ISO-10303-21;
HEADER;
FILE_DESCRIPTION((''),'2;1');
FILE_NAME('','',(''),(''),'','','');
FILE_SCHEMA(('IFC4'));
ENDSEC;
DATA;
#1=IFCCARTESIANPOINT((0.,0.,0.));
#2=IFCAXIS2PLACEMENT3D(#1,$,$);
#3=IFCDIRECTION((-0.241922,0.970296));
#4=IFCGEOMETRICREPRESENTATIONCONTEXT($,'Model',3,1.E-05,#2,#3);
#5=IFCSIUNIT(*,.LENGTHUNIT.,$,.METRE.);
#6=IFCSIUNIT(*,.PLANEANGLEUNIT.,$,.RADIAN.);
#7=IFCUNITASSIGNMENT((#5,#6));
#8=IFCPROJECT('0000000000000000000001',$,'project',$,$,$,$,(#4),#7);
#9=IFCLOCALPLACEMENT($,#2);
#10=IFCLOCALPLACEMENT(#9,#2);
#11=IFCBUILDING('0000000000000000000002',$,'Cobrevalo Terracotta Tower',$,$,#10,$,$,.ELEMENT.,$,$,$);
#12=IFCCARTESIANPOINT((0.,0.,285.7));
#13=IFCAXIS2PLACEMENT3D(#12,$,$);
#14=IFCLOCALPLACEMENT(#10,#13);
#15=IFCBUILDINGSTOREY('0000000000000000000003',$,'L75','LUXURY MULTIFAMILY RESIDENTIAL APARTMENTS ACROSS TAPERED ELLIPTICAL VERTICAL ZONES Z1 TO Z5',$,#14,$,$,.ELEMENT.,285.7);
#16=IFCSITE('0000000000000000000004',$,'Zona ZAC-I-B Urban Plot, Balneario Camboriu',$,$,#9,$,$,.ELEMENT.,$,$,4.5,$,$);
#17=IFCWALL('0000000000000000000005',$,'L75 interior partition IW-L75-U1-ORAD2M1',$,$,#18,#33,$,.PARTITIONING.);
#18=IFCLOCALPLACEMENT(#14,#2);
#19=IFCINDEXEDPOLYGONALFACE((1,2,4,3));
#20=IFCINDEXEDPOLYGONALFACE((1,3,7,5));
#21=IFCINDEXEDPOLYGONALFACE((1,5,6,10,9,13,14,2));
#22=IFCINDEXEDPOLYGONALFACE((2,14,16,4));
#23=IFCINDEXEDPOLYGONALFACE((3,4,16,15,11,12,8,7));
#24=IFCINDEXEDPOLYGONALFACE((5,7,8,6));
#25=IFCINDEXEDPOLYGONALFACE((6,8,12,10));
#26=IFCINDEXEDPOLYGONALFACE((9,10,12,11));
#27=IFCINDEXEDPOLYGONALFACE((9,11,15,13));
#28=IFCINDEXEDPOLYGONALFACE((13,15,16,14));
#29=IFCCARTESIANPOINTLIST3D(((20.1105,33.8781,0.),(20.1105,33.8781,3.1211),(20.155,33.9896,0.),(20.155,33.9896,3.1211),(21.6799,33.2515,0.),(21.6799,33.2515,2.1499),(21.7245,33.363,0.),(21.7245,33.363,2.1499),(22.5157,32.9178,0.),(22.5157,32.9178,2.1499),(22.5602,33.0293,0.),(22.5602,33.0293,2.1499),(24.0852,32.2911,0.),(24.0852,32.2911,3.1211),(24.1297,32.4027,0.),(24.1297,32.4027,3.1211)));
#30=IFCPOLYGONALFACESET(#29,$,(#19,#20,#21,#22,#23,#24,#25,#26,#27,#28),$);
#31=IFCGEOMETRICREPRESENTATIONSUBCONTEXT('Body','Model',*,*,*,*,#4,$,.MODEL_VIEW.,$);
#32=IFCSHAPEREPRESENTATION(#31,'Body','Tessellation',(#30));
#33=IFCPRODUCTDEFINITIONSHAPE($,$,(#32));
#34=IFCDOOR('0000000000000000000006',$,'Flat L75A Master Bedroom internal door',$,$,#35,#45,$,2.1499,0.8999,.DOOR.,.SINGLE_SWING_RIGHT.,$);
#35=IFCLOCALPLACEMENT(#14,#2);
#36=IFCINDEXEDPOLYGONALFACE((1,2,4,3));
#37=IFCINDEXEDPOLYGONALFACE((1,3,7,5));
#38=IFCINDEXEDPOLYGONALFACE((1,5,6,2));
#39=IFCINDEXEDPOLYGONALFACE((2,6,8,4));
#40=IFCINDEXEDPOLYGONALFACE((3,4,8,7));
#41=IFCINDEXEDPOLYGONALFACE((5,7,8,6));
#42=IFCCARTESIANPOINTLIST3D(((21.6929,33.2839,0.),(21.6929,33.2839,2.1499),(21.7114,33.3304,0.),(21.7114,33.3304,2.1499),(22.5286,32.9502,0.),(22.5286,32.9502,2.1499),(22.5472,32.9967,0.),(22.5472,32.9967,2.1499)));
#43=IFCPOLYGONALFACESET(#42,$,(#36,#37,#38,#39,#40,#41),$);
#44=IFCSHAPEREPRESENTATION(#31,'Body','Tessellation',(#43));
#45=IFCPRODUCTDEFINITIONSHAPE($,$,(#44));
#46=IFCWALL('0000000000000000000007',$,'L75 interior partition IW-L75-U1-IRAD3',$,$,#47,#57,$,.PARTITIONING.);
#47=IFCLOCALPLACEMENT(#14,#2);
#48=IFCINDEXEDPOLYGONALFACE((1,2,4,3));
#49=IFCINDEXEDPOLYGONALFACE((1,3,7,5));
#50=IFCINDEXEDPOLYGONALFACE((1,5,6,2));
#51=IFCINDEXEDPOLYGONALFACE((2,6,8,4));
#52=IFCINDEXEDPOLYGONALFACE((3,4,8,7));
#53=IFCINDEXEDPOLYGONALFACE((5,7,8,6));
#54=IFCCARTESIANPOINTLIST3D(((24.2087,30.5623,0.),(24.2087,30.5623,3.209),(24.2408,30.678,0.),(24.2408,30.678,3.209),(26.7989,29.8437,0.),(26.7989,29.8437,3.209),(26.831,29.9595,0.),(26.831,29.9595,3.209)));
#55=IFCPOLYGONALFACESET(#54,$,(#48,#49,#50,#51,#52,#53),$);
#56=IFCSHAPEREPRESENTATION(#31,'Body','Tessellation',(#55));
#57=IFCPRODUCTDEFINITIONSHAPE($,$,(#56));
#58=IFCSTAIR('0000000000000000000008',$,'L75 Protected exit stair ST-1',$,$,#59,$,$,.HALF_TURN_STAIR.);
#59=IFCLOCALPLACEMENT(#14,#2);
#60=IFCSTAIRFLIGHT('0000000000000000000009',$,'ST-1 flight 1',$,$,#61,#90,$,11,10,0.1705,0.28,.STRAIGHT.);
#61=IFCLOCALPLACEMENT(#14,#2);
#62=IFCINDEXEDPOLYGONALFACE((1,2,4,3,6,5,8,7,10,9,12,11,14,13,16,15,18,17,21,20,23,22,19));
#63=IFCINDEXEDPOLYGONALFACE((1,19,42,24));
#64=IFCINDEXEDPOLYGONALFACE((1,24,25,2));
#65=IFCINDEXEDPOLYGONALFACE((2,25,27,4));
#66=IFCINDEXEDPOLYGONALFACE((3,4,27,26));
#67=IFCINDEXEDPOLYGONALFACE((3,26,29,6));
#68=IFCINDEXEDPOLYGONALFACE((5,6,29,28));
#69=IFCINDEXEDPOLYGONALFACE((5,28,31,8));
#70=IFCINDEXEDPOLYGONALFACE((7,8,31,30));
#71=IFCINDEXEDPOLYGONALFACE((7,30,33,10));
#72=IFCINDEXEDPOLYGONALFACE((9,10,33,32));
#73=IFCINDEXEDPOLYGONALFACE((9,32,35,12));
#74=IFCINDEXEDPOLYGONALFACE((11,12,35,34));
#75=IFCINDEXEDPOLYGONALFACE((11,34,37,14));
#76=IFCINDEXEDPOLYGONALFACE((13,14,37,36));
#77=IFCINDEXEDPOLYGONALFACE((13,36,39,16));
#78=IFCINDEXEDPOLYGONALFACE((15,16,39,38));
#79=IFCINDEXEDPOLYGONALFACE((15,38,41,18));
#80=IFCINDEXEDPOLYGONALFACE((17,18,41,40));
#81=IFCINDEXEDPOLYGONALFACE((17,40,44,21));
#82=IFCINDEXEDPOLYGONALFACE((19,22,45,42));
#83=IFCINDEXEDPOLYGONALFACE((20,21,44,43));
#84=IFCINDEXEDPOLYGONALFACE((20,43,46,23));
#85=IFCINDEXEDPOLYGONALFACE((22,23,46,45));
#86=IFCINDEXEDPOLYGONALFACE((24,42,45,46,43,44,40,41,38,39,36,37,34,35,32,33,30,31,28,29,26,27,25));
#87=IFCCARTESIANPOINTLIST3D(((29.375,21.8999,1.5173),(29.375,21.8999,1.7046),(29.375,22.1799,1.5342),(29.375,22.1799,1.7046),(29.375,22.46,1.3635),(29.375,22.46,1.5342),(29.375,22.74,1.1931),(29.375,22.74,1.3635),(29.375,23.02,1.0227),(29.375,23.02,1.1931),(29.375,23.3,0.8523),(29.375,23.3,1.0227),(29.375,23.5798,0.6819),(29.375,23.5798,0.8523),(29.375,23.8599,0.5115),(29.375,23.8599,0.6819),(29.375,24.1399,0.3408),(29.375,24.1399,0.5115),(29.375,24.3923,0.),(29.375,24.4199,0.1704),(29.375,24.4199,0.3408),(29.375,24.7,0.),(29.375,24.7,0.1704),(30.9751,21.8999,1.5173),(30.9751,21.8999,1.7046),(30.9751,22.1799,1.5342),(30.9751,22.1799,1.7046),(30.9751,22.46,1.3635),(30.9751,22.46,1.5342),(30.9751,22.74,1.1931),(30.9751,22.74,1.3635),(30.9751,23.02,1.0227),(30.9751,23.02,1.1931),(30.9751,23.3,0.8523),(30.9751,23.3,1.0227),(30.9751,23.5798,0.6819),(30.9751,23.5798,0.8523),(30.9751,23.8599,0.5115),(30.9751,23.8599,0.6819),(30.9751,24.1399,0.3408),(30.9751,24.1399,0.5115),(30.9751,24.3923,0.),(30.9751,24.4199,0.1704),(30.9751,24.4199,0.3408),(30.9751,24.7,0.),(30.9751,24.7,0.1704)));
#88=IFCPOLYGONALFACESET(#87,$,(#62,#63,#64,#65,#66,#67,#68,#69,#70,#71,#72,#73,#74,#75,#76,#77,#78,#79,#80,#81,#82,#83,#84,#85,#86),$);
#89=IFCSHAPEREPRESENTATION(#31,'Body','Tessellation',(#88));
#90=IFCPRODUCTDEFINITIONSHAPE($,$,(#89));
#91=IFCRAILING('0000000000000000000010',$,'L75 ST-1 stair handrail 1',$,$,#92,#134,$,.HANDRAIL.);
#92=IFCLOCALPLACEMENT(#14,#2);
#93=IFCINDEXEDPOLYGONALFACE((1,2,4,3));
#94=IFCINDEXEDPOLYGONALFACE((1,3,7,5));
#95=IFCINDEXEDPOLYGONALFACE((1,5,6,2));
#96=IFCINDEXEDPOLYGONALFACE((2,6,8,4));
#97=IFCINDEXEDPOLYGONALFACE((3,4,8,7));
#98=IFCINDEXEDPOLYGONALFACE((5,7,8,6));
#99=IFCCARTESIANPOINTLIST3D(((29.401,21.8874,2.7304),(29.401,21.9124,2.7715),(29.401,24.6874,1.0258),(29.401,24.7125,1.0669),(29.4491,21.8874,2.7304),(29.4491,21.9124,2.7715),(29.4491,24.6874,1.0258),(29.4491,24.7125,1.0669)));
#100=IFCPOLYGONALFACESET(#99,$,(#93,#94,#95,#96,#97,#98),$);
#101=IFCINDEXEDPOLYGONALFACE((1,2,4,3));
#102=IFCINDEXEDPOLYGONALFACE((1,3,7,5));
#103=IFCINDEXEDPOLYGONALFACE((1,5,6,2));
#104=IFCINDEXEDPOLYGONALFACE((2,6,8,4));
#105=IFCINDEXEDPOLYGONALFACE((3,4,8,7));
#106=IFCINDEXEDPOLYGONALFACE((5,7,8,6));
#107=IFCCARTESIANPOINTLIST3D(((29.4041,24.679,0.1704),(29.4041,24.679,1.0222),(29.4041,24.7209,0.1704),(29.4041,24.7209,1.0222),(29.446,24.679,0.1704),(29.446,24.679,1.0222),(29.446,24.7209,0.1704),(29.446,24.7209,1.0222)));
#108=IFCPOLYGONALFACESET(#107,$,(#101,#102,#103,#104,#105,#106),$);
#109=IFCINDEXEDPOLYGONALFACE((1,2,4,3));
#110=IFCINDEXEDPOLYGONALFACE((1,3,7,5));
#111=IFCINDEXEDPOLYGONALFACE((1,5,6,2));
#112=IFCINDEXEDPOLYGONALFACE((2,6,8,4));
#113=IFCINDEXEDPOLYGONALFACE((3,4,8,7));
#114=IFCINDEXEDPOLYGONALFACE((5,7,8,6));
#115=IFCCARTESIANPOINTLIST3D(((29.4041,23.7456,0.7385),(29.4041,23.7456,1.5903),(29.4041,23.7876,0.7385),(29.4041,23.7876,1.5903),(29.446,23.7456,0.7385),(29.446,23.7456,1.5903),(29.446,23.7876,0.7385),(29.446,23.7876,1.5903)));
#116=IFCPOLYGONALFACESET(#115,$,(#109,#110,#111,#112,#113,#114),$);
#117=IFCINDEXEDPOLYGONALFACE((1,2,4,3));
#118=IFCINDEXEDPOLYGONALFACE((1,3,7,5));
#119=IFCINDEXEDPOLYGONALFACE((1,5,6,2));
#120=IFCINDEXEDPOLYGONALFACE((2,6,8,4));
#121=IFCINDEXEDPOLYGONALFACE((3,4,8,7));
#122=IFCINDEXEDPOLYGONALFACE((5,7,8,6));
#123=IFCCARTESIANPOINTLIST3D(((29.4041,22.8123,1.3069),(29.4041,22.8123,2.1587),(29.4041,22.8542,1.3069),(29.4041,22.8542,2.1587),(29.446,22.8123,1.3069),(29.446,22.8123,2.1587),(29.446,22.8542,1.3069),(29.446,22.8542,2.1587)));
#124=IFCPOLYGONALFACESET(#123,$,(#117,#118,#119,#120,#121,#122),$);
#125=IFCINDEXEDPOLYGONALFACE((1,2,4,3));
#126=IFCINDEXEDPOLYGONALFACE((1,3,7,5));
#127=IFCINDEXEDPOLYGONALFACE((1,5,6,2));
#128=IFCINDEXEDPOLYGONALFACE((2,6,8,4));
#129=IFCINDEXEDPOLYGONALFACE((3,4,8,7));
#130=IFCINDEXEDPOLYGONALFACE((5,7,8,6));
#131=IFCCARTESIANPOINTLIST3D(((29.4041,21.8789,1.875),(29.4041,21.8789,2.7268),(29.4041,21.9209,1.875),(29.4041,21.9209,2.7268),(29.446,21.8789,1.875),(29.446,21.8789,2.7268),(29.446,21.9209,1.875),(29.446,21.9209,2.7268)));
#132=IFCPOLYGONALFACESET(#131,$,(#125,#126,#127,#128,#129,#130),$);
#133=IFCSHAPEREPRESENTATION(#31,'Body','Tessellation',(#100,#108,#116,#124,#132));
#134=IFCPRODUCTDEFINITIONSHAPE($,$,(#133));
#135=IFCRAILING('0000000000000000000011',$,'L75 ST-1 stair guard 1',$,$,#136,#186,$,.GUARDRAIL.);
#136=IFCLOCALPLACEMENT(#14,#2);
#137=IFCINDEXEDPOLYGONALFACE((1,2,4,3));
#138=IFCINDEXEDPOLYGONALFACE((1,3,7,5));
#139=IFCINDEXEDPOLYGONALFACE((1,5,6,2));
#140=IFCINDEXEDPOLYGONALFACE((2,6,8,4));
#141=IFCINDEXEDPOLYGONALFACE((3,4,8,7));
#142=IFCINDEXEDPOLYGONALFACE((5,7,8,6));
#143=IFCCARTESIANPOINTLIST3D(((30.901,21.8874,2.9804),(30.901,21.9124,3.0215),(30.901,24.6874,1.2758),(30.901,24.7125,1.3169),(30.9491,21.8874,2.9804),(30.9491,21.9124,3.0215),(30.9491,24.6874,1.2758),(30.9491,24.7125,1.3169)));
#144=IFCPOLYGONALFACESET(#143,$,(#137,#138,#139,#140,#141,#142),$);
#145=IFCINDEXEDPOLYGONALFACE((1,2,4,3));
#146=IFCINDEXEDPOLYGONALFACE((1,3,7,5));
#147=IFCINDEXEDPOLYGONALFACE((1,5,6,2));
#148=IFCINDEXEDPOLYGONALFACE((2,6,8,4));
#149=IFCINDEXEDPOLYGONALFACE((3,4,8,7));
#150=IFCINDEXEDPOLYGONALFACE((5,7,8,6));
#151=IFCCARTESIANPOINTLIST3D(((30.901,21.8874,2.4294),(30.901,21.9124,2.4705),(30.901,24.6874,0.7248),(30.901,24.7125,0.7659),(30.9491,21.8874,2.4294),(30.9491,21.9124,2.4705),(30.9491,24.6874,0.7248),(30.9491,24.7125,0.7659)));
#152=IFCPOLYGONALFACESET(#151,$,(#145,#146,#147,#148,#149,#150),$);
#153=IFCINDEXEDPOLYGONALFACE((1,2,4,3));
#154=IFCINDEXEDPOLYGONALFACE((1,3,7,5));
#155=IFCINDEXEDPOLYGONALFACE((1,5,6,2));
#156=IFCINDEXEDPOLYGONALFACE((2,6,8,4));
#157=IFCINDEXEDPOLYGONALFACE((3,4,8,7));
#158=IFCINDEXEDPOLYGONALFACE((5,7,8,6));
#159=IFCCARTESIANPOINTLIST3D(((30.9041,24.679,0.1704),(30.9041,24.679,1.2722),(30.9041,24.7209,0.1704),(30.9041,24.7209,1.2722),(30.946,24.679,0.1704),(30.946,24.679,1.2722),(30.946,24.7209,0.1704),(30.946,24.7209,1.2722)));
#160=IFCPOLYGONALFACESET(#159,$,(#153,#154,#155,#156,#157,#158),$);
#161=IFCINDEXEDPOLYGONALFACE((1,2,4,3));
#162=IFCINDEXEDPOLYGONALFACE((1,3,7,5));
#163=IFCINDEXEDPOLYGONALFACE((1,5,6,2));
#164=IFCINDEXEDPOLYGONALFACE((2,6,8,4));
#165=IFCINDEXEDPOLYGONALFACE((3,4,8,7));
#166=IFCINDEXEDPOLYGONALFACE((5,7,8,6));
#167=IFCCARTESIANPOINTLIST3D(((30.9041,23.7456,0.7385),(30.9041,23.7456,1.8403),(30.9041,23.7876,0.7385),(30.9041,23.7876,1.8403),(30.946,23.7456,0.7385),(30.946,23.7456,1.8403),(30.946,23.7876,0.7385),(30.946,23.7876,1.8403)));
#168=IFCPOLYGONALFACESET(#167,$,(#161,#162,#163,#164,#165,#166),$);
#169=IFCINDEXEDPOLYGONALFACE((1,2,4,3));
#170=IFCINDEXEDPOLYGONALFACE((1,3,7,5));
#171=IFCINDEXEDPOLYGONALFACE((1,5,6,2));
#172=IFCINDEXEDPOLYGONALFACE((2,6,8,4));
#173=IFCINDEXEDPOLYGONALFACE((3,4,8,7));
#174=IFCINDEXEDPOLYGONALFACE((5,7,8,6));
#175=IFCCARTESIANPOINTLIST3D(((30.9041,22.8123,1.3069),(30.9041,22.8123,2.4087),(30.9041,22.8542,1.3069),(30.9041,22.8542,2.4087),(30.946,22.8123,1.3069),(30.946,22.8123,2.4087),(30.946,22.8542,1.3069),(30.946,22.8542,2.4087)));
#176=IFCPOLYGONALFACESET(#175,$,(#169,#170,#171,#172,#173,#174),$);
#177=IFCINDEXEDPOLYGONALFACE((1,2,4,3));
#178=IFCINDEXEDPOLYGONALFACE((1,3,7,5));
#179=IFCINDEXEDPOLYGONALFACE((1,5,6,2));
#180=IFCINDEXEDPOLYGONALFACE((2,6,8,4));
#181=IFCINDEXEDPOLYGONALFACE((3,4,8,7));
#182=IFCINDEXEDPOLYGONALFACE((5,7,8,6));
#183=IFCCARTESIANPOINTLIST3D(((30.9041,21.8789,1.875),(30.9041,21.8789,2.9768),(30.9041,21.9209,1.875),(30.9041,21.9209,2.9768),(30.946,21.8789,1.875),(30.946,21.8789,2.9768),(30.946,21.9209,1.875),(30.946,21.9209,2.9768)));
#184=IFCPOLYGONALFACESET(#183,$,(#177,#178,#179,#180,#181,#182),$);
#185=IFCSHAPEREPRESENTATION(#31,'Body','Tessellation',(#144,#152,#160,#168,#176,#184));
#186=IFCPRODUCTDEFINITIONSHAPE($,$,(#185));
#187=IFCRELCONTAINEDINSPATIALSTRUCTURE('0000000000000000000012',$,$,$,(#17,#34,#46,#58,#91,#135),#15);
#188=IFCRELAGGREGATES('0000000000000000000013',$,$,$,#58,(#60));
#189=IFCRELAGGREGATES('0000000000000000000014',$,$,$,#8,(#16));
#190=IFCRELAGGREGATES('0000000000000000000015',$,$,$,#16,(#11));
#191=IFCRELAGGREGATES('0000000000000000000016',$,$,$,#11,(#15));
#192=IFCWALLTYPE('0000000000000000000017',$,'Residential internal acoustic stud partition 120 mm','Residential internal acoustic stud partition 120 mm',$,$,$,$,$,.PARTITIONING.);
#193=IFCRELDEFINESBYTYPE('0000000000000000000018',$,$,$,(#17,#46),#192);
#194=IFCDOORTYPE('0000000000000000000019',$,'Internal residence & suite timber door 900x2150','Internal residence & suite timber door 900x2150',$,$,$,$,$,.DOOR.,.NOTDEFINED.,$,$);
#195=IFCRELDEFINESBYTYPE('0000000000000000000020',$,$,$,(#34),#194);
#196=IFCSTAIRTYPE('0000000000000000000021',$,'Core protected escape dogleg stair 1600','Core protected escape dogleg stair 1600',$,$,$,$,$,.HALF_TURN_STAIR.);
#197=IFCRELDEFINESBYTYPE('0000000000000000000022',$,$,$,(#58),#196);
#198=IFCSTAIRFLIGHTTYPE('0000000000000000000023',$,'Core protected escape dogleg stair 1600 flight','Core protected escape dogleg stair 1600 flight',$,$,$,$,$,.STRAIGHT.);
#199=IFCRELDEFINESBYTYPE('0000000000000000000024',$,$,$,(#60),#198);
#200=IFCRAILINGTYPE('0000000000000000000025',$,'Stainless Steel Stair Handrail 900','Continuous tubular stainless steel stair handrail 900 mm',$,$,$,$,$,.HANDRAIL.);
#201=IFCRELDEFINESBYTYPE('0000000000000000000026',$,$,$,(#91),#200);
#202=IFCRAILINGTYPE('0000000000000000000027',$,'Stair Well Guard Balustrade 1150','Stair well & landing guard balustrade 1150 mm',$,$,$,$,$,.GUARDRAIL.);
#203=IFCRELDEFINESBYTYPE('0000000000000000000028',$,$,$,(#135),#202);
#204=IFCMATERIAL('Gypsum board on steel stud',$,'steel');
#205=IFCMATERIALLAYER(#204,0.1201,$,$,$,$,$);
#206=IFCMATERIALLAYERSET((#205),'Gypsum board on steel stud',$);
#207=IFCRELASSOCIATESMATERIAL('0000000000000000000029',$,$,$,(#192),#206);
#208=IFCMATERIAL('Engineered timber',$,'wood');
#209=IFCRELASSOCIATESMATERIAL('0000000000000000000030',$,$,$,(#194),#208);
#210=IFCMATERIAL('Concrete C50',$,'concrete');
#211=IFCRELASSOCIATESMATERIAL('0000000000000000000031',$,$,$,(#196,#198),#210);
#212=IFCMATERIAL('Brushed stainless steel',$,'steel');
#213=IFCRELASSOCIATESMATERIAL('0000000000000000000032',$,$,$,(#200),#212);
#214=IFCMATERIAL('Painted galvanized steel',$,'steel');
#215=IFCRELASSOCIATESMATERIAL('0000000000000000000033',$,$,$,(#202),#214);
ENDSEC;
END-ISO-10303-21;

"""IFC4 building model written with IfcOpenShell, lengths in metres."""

from ifc_helpers import new_model, si_unit, direction, frame, frame_2d, origin, origin_2d, place, context, subcontext, project, spatial, polyline, rectangle, outline, extrude, source, transform, mapped, material, layer, layer_set, type_object, element, fill, aggregate, save


model = new_model("IFC4")

# Units and contexts
model_context = context("Model", 3, precision=1e-05, world=origin(), true_north=direction((-0.241922, 0.970296)))
body_context = subcontext(model_context, "Body", "Model", "MODEL_VIEW")
ifc_project = project(units=[si_unit("LENGTHUNIT", "METRE"), si_unit("PLANEANGLEUNIT", "RADIAN")], contexts=[model_context])

# Site, building, storey
site_placement = place(None, origin())
site = spatial("IfcSite", under=ifc_project, at=site_placement, Name="Zona ZAC-I-B Urban Plot, Balneario Camboriu", CompositionType="ELEMENT", RefElevation=4.5)
building_placement = place(site_placement, origin())
building = spatial("IfcBuilding", under=site, at=building_placement, Name="Cobrevalo Terracotta Tower", CompositionType="ELEMENT")
storey_placement = place(building_placement, frame((0.0, 0.0, 285.7)))
storey = spatial("IfcBuildingStorey", under=building, at=storey_placement, Name="L75", Description="LUXURY MULTIFAMILY RESIDENTIAL APARTMENTS ACROSS TAPERED ELLIPTICAL VERTICAL ZONES Z1 TO Z5", CompositionType="ELEMENT", Elevation=285.7)

# Shared definitions
ifc_material_1 = material(Name="Gypsum board on steel stud", Category="steel")

# Shared definitions
ifc_material_2 = material(Name="Brushed stainless steel", Category="steel")

# Wall, opening, door
ifc_layer_1 = layer(ifc_material_1, 0.1201)
ifc_layer_set_1 = layer_set([ifc_layer_1], Name="Gypsum board on steel stud")
wall_type_1 = type_object("IfcWallType", Name="Residential internal acoustic stud partition 120 mm", Description="Residential internal acoustic stud partition 120 mm", PredefinedType="PARTITIONING", material=ifc_layer_set_1)
wall_1_placement = place(storey_placement, frame((24.1074, 32.3469, 0.0), z_axis=(0.0, 0.0, 1.0), x_axis=(-0.928713, 0.3708, 0.0)))
wall_1 = element("IfcWall", 1, at=wall_1_placement, inside=storey, type_object=wall_type_1, Name="L75 interior partition IW-L75-U1-ORAD2M1", PredefinedType="PARTITIONING", context=body_context, shape_type="SweptSolid", body=[
    extrude(rectangle(XDim=4.2798, YDim=0.1201, at=frame_2d((2.1399, 0.0))), origin(), (0.0, 0.0, 1.0), 3.1211),
])
opening_1_placement = place(wall_1_placement, frame((1.6899, 0.0, 0.0)))
opening_1 = element("IfcOpeningElement", 2, at=opening_1_placement, cuts=wall_1, PredefinedType="OPENING", context=body_context, shape_type="SweptSolid", body=[
    extrude(rectangle(XDim=0.8999, YDim=2.1499, at=frame_2d((0.45, 1.075))), frame((0.0, 0.0701, 0.0), z_axis=(0.0, -1.0, 0.0), x_axis=(1.0, 0.0, 0.0)), (0.0, 0.0, 1.0), 0.1401),
])
ifc_material_3 = material(Name="Engineered timber", Category="wood")
door_type_1 = type_object("IfcDoorType", Name="Internal residence & suite timber door 900x2150", Description="Internal residence & suite timber door 900x2150", OperationType="NOTDEFINED", PredefinedType="DOOR", material=ifc_material_3)
shared_shape_1 = source(origin(), body_context, "Body", "SweptSolid", [
    extrude(rectangle(XDim=0.8999, YDim=2.1499, at=frame_2d((0.45, 1.075))), frame((0.0, 0.0249, 0.0), z_axis=(0.0, -1.0, 0.0), x_axis=(1.0, 0.0, 0.0)), (0.0, 0.0, 1.0), 0.05),
])
door_1_placement = place(opening_1_placement, frame((0.8999, 0.0, 0.0), z_axis=(0.0, 0.0, 1.0), x_axis=(-1.0, 0.0, 0.0)))
door_1 = element("IfcDoor", 3, at=door_1_placement, inside=storey, type_object=door_type_1, Name="Flat L75A Master Bedroom internal door", OperationType="SINGLE_SWING_RIGHT", OverallHeight=2.1499, OverallWidth=0.8999, PredefinedType="DOOR", context=body_context, shape_type="MappedRepresentation", body=[
    mapped(shared_shape_1, transform((0.0, 0.0, 0.0), scale=1.0)),
])
fill(opening_1, door_1)

# Wall
wall_2_placement = place(storey_placement, frame((26.8149, 29.9016, 0.0), z_axis=(0.0, 0.0, 1.0), x_axis=(-0.96361, 0.267311, 0.0)))
element("IfcWall", 4, at=wall_2_placement, inside=storey, type_object=wall_type_1, Name="L75 interior partition IW-L75-U1-IRAD3", PredefinedType="PARTITIONING", context=body_context, shape_type="SweptSolid", body=[
    extrude(rectangle(XDim=2.688, YDim=0.1201, at=frame_2d((1.344, 0.0))), origin(), (0.0, 0.0, 1.0), 3.209),
])

# Shared definitions
ifc_material_4 = material(Name="Concrete C50", Category="concrete")

# Stair, stair flight
stair_type = type_object("IfcStairType", Name="Core protected escape dogleg stair 1600", Description="Core protected escape dogleg stair 1600", PredefinedType="HALF_TURN_STAIR", material=ifc_material_4)
stair_placement = place(storey_placement, origin())
stair = element("IfcStair", 5, at=stair_placement, inside=storey, type_object=stair_type, Name="L75 Protected exit stair ST-1", PredefinedType="HALF_TURN_STAIR")
stair_flight_type = type_object("IfcStairFlightType", Name="Core protected escape dogleg stair 1600 flight", Description="Core protected escape dogleg stair 1600 flight", PredefinedType="STRAIGHT", material=ifc_material_4)
stair_flight_placement = place(storey_placement, frame((30.175, 24.7, 0.0), z_axis=(0.0, 0.0, 1.0), x_axis=(0.0, -1.0, 0.0)))
stair_flight = element("IfcStairFlight", 6, at=stair_flight_placement, type_object=stair_flight_type, Name="ST-1 flight 1", NumberOfRisers=11, NumberOfTreads=10, PredefinedType="STRAIGHT", RiserHeight=0.1705, TreadLength=0.28, context=body_context, shape_type="SweptSolid", body=[
    extrude(outline(polyline([(0.0, 0.0), (0.0, 0.1704), (0.28, 0.1704), (0.28, 0.3408), (0.5601, 0.3408), (0.5601, 0.5115), (0.8401, 0.5115), (0.8401, 0.6819), (1.1201, 0.6819), (1.1201, 0.8523), (1.3999, 0.8523), (1.3999, 1.0227), (1.6799, 1.0227), (1.6799, 1.1931), (1.96, 1.1931), (1.96, 1.3635), (2.24, 1.3635), (2.24, 1.5342), (2.52, 1.5342), (2.52, 1.7046), (2.8, 1.7046), (2.8, 1.875), (2.8, 1.5173), (0.3076, 0.0), (0.0, 0.0)])), frame((0.0, 0.8, 0.0), z_axis=(0.0, -1.0, 0.0), x_axis=(1.0, 0.0, 0.0)), (0.0, 0.0, 1.0), 1.6001),
])
aggregate(stair, [stair_flight])

# Railings
railing_type_1 = type_object("IfcRailingType", Name="Stainless Steel Stair Handrail 900", Description="Continuous tubular stainless steel stair handrail 900 mm", PredefinedType="HANDRAIL", material=ifc_material_2)
railing_1_placement = place(storey_placement, frame((29.425, 24.7, 0.1704)))
element("IfcRailing", 7, at=railing_1_placement, inside=storey, type_object=railing_type_1, Name="L75 ST-1 stair handrail 1", PredefinedType="HANDRAIL", context=body_context, shape_type="SweptSolid", body=[
    extrude(rectangle(XDim=0.0481, YDim=0.0481, at=origin_2d()), frame((0.0, 0.0, 0.876), z_axis=(0.0, -0.85417, 0.519994), x_axis=(1.0, 0.0, 0.0)), (0.0, 0.0, 1.0), 3.2781),
    extrude(rectangle(XDim=0.042, YDim=0.042, at=origin_2d()), origin(), (0.0, 0.0, 1.0), 0.8518),
    extrude(rectangle(XDim=0.042, YDim=0.042, at=origin_2d()), frame((0.0, -0.9333, 0.5681)), (0.0, 0.0, 1.0), 0.8518),
    extrude(rectangle(XDim=0.042, YDim=0.042, at=origin_2d()), frame((0.0, -1.8667, 1.1365)), (0.0, 0.0, 1.0), 0.8518),
    extrude(rectangle(XDim=0.042, YDim=0.042, at=origin_2d()), frame((0.0, -2.8, 1.7046)), (0.0, 0.0, 1.0), 0.8518),
])
ifc_material_5 = material(Name="Painted galvanized steel", Category="steel")
railing_type_2 = type_object("IfcRailingType", Name="Stair Well Guard Balustrade 1150", Description="Stair well & landing guard balustrade 1150 mm", PredefinedType="GUARDRAIL", material=ifc_material_5)
railing_2_placement = place(storey_placement, frame((30.925, 24.7, 0.1704)))
element("IfcRailing", 8, at=railing_2_placement, inside=storey, type_object=railing_type_2, Name="L75 ST-1 stair guard 1", PredefinedType="GUARDRAIL", context=body_context, shape_type="SweptSolid", body=[
    extrude(rectangle(XDim=0.0481, YDim=0.0481, at=origin_2d()), frame((0.0, 0.0, 1.126), z_axis=(0.0, -0.85417, 0.519994), x_axis=(1.0, 0.0, 0.0)), (0.0, 0.0, 1.0), 3.2781),
    extrude(rectangle(XDim=0.0481, YDim=0.0481, at=origin_2d()), frame((0.0, 0.0, 0.575), z_axis=(0.0, -0.85417, 0.519994), x_axis=(1.0, 0.0, 0.0)), (0.0, 0.0, 1.0), 3.2781),
    extrude(rectangle(XDim=0.042, YDim=0.042, at=origin_2d()), origin(), (0.0, 0.0, 1.0), 1.1018),
    extrude(rectangle(XDim=0.042, YDim=0.042, at=origin_2d()), frame((0.0, -0.9333, 0.5681)), (0.0, 0.0, 1.0), 1.1018),
    extrude(rectangle(XDim=0.042, YDim=0.042, at=origin_2d()), frame((0.0, -1.8667, 1.1365)), (0.0, 0.0, 1.0), 1.1018),
    extrude(rectangle(XDim=0.042, YDim=0.042, at=origin_2d()), frame((0.0, -2.8, 1.7046)), (0.0, 0.0, 1.0), 1.1018),
])

save(model, "model.ifc")
